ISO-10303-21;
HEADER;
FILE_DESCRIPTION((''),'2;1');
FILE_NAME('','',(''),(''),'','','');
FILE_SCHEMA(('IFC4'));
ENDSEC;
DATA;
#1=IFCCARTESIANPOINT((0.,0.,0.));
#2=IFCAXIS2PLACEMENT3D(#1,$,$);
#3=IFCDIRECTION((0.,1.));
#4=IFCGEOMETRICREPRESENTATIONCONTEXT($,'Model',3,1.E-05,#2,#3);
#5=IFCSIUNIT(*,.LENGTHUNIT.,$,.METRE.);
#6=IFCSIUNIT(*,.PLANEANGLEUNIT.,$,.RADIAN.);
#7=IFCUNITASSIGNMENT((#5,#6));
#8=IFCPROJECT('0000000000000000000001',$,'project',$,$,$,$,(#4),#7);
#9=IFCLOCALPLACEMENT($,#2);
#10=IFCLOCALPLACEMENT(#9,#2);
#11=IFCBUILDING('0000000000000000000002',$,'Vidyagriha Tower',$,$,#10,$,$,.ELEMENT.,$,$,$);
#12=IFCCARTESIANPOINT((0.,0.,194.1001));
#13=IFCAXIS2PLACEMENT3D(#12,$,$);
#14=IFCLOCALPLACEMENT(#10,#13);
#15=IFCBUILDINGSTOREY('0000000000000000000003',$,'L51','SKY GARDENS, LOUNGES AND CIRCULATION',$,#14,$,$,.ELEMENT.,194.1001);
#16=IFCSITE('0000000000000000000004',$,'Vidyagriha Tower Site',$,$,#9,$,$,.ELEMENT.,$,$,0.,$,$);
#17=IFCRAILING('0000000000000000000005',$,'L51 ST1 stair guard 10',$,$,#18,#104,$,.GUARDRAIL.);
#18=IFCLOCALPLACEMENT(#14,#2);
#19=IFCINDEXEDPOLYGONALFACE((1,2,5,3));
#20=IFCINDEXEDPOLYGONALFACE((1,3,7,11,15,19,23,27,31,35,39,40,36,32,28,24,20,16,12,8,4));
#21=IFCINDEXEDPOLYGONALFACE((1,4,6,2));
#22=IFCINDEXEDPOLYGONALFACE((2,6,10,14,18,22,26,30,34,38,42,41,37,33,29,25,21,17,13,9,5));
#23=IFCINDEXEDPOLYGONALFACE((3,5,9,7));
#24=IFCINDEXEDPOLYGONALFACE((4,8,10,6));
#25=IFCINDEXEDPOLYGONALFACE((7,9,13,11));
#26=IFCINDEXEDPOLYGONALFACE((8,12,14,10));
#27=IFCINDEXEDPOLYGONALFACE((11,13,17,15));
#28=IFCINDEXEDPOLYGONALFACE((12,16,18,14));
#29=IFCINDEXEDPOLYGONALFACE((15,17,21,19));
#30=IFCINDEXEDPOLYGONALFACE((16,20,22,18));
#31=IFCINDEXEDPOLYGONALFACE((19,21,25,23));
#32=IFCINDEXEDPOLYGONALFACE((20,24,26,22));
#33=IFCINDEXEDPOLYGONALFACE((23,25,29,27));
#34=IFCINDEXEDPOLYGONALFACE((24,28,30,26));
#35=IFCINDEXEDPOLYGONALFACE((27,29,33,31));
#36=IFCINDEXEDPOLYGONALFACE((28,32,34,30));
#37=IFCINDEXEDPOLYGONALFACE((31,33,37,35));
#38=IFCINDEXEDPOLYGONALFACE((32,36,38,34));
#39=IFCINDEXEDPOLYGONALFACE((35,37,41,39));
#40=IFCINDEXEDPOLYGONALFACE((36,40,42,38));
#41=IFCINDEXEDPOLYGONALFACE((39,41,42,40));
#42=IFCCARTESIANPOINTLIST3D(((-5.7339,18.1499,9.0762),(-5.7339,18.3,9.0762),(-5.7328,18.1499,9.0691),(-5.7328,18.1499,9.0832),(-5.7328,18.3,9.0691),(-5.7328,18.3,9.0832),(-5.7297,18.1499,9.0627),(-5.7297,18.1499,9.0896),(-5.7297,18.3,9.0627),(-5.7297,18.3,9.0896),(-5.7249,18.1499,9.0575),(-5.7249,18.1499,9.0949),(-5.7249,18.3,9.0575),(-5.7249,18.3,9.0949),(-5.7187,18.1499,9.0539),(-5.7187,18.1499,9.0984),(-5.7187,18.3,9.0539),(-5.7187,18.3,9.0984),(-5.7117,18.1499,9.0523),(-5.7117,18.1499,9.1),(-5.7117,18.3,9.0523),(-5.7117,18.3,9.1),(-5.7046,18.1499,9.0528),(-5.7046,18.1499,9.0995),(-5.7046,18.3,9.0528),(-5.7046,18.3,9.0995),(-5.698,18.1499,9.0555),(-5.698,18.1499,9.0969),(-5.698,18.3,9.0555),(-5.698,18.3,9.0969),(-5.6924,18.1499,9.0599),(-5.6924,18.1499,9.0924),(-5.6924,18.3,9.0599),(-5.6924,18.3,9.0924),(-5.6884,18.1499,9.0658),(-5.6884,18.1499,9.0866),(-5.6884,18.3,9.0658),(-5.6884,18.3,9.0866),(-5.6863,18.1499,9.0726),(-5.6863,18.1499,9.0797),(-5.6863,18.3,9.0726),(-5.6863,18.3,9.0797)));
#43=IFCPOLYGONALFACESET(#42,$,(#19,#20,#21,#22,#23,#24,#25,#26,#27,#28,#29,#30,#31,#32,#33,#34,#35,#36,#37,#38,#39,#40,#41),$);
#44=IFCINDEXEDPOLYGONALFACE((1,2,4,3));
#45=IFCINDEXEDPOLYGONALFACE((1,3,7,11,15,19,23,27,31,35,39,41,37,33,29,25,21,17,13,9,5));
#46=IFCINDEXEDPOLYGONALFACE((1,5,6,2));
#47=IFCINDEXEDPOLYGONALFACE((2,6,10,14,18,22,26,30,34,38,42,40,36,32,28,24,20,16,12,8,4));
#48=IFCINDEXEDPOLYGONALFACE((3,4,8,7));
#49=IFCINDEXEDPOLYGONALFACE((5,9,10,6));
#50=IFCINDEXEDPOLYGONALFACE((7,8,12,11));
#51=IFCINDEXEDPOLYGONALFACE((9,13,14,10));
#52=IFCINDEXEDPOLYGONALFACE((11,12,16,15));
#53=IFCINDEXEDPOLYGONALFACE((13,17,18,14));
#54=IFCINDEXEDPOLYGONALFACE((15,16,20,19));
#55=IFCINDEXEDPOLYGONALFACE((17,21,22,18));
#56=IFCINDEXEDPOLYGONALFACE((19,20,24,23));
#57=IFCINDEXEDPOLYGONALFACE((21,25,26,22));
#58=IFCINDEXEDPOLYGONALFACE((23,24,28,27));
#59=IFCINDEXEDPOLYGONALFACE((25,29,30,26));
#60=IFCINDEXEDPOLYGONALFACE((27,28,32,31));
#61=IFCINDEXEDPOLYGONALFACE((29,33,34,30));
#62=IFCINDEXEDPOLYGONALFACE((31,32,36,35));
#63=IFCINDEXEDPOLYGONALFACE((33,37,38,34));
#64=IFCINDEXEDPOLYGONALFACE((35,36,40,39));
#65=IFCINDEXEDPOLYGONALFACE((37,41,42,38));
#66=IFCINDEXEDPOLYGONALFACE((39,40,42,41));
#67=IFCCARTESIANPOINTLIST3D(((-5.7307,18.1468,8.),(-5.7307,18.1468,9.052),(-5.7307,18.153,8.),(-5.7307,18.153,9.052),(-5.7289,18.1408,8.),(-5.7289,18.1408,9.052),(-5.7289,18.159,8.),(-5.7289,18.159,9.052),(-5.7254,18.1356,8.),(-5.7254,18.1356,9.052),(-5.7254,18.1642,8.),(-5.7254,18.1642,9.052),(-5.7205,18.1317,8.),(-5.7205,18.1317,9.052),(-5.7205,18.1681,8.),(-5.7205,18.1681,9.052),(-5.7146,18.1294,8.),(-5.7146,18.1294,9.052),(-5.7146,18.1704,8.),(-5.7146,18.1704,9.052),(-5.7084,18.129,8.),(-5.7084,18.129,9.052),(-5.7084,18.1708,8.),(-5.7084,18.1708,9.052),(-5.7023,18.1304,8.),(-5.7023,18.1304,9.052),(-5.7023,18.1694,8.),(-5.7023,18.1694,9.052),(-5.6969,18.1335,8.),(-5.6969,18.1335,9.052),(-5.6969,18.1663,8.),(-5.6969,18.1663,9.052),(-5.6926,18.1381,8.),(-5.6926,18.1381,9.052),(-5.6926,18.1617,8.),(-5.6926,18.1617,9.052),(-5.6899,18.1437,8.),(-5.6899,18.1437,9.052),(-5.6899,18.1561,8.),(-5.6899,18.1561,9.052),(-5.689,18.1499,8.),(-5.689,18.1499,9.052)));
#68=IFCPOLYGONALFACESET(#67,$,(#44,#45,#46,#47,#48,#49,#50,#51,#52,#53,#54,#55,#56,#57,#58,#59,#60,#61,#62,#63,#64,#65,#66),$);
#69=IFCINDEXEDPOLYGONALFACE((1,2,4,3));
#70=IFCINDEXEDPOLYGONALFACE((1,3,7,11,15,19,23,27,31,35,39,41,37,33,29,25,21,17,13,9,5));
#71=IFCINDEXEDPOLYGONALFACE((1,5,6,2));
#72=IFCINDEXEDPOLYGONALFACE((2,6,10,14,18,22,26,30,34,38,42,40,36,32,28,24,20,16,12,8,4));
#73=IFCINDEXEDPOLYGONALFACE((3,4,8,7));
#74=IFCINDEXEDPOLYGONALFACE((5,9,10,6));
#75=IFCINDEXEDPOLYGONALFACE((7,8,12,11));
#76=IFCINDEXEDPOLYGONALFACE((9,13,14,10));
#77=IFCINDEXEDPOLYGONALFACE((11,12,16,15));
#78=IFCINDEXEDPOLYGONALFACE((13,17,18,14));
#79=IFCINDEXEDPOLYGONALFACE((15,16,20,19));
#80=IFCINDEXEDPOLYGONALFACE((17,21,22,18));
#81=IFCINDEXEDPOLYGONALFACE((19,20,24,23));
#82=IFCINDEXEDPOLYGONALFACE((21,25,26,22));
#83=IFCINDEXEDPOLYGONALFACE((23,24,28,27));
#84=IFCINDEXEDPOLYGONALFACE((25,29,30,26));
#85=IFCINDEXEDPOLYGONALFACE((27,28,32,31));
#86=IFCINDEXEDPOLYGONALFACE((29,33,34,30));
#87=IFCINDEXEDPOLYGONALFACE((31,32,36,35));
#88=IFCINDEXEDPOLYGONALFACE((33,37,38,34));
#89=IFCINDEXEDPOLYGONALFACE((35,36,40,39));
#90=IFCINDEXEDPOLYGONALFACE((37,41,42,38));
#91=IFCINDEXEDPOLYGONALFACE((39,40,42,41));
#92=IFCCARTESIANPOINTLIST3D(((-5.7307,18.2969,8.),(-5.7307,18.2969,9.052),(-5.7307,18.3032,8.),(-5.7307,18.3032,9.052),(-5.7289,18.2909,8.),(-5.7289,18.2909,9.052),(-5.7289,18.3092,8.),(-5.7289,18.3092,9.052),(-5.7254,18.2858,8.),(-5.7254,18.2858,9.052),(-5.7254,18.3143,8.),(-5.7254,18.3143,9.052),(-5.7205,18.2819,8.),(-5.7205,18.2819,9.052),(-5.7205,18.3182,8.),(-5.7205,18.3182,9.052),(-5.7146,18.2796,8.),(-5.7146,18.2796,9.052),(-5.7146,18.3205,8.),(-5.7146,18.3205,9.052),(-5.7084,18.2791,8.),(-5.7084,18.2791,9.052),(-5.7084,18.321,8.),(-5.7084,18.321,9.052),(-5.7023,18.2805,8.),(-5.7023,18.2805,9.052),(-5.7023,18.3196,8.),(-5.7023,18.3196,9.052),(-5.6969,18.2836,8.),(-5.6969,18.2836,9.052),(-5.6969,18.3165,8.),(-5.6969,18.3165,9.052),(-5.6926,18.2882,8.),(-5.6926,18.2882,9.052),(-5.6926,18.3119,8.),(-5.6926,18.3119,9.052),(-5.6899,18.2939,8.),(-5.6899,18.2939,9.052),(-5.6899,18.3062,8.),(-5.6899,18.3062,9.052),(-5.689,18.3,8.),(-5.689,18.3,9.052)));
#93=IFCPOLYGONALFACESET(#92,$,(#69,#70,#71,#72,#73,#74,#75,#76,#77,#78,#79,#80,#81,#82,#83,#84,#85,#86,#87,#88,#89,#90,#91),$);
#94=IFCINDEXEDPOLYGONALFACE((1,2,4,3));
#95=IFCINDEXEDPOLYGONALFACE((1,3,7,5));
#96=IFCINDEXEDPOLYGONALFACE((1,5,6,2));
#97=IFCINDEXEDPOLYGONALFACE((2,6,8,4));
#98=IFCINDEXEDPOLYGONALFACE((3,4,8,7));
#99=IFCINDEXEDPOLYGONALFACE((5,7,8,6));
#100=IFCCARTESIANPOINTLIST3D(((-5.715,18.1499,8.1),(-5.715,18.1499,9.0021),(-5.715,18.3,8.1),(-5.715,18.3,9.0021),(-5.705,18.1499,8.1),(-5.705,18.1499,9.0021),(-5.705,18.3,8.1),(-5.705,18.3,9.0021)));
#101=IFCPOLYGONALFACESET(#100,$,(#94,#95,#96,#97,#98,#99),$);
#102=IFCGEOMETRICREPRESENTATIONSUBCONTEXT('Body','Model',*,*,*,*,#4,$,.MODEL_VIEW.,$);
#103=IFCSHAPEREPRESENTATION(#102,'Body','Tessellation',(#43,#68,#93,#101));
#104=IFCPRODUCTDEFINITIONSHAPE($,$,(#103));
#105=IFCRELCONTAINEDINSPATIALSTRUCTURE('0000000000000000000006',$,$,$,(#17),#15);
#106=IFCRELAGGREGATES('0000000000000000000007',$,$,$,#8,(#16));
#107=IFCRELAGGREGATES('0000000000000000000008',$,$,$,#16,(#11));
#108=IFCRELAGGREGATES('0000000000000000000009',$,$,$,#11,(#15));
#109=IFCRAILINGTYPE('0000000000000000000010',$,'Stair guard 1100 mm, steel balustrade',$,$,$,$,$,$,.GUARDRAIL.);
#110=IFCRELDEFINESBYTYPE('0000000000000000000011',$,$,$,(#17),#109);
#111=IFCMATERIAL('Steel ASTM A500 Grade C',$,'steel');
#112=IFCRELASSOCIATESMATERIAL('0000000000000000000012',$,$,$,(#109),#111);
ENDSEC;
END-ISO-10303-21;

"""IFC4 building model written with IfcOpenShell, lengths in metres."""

from ifc_helpers import new_model, si_unit, direction, frame, origin, origin_2d, place, context, subcontext, project, spatial, rectangle, circle, extrude, material, type_object, element, save


model = new_model("IFC4")

# Units and contexts
model_context = context("Model", 3, precision=1e-05, world=origin(), true_north=direction((0.0, 1.0)))
body_context = subcontext(model_context, "Body", "Model", "MODEL_VIEW")
ifc_project = project(units=[si_unit("LENGTHUNIT", "METRE"), si_unit("PLANEANGLEUNIT", "RADIAN")], contexts=[model_context])

# Site, building, storey
site_placement = place(None, origin())
site = spatial("IfcSite", under=ifc_project, at=site_placement, Name="Vidyagriha Tower Site", CompositionType="ELEMENT", RefElevation=0.0)
building_placement = place(site_placement, origin())
building = spatial("IfcBuilding", under=site, at=building_placement, Name="Vidyagriha Tower", CompositionType="ELEMENT")
storey_placement = place(building_placement, frame((0.0, 0.0, 194.1001)))
storey = spatial("IfcBuildingStorey", under=building, at=storey_placement, Name="L51", Description="SKY GARDENS, LOUNGES AND CIRCULATION", CompositionType="ELEMENT", Elevation=194.1001)

# Railing
ifc_material_1 = material(Name="Steel ASTM A500 Grade C", Category="steel")
railing_type_1 = type_object("IfcRailingType", Name="Stair guard 1100 mm, steel balustrade", PredefinedType="GUARDRAIL", material=ifc_material_1)
railing_1_placement = place(storey_placement, frame((-5.71, 18.1499, 8.0)))
element("IfcRailing", 1, at=railing_1_placement, inside=storey, type_object=railing_type_1, Name="L51 ST1 stair guard 10", PredefinedType="GUARDRAIL", context=body_context, shape_type="SweptSolid", body=[
    extrude(circle(Radius=0.0239, at=origin_2d()), frame((0.0, 0.0, 1.0762), z_axis=(0.0, 1.0, 0.0), x_axis=(-1.0, 0.0, 0.0)), (0.0, 0.0, 1.0), 0.1501),
    extrude(circle(Radius=0.021, at=origin_2d()), origin(), (0.0, 0.0, 1.0), 1.052),
    extrude(circle(Radius=0.021, at=origin_2d()), frame((0.0, 0.1501, 0.0)), (0.0, 0.0, 1.0), 1.052),
    extrude(rectangle(XDim=0.01, YDim=0.9021, at=origin_2d()), frame((0.0, 0.0, 0.551), z_axis=(0.0, 1.0, 0.0), x_axis=(-1.0, 0.0, 0.0)), (0.0, 0.0, 1.0), 0.1501),
])

save(model, "model.ifc")
